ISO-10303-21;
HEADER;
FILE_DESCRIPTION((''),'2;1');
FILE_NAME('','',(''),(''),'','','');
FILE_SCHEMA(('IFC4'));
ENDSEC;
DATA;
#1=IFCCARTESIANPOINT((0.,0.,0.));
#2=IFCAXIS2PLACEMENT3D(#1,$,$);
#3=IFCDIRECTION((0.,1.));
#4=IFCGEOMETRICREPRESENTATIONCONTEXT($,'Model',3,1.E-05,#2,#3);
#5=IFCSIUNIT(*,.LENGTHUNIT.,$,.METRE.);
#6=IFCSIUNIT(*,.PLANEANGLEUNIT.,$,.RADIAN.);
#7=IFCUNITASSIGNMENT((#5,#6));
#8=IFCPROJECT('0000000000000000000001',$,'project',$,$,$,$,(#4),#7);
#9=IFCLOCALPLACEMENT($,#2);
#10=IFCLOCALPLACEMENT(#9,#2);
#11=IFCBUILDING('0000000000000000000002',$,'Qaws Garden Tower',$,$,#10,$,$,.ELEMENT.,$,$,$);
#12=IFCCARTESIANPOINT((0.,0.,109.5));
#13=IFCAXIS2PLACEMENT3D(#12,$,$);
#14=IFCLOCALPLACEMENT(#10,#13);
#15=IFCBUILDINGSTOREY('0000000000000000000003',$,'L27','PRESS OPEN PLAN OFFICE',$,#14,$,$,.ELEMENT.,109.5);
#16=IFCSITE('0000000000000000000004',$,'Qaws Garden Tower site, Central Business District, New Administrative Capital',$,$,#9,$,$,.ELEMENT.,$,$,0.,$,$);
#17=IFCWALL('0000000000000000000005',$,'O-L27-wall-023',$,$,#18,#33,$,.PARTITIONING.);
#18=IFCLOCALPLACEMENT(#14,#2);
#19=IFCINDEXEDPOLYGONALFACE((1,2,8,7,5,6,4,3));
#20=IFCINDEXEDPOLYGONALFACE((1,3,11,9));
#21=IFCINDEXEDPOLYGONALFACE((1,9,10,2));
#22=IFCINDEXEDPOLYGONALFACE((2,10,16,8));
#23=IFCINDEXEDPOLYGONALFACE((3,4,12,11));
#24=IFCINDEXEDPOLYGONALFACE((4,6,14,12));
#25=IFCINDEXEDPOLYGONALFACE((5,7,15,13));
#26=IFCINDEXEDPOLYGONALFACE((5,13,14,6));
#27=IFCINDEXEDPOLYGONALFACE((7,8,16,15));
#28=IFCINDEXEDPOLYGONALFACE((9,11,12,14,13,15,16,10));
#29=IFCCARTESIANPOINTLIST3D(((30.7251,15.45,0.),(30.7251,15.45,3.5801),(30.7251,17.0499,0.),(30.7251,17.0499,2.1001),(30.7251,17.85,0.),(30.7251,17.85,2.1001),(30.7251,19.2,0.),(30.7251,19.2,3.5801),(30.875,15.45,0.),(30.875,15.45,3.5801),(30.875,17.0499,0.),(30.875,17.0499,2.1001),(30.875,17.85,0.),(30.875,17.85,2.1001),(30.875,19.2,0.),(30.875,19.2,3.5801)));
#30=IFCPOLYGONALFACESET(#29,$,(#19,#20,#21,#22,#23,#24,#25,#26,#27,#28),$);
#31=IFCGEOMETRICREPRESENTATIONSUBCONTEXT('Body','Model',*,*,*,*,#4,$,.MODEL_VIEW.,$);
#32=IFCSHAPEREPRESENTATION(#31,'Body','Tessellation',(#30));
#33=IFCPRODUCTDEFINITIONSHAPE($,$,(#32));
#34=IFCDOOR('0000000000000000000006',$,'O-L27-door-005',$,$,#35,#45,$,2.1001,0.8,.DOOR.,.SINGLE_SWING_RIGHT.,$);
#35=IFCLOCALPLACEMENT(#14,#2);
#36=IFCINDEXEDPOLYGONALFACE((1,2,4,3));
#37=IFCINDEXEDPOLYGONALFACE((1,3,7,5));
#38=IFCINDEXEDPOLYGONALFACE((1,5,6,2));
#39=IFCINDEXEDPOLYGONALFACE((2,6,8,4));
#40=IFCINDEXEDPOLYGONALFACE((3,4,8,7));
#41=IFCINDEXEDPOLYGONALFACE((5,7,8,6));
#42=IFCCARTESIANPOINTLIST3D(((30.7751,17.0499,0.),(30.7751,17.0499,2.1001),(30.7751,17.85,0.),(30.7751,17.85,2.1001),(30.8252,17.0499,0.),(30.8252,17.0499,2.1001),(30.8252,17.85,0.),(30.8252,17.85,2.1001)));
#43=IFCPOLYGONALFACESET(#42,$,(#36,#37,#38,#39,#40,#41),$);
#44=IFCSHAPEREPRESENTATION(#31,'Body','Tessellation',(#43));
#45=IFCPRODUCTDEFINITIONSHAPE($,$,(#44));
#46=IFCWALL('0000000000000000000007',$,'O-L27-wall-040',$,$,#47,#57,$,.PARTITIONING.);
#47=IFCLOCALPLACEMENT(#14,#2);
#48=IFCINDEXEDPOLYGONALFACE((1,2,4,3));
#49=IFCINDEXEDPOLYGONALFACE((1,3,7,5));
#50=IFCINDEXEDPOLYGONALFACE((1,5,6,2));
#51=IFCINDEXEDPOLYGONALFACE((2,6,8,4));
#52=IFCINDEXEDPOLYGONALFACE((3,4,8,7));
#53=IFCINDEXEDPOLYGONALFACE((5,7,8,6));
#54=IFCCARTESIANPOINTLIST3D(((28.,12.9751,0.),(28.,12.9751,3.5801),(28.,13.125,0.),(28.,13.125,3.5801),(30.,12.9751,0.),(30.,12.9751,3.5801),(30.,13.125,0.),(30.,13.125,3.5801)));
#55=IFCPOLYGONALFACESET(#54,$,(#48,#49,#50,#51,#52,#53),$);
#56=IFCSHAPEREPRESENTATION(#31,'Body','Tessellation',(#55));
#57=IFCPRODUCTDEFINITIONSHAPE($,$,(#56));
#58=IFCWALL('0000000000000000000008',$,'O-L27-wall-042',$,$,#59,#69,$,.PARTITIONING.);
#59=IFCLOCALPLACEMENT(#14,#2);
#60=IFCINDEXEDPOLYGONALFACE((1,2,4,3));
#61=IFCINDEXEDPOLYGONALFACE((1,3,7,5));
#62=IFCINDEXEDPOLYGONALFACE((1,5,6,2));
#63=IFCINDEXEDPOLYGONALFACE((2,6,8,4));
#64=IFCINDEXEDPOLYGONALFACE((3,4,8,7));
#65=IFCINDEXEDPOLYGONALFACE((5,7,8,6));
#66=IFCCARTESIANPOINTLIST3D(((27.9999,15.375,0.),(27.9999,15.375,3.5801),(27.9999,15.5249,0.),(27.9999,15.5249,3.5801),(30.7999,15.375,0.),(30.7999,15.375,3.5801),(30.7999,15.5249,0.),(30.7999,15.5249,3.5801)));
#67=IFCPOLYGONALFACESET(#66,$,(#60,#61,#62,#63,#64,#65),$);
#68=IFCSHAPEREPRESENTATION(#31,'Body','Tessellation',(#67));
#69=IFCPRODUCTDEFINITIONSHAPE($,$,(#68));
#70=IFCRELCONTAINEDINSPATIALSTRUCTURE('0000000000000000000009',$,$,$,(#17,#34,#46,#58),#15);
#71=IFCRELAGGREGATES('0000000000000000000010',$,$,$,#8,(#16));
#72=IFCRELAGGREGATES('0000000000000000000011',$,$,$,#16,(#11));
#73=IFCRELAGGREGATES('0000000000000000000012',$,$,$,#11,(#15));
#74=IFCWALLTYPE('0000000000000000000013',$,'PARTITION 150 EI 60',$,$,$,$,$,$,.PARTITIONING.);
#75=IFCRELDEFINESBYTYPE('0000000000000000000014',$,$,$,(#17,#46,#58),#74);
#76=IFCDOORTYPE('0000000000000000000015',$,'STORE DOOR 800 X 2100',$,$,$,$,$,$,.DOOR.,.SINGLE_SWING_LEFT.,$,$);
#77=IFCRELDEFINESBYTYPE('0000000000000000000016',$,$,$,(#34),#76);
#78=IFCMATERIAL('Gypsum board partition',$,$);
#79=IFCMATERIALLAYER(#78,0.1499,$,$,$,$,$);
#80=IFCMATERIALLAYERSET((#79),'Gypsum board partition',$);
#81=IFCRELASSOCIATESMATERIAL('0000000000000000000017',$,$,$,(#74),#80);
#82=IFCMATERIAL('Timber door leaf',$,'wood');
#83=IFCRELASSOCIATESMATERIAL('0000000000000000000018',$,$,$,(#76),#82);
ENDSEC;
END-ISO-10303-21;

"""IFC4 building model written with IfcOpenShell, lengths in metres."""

from ifc_helpers import new_model, si_unit, direction, frame, frame_2d, origin, place, context, subcontext, project, spatial, rectangle, extrude, material, layer, layer_set, type_object, element, fill, save


model = new_model("IFC4")

# Units and contexts
model_context = context("Model", 3, precision=1e-05, world=origin(), true_north=direction((0.0, 1.0)))
body_context = subcontext(model_context, "Body", "Model", "MODEL_VIEW")
ifc_project = project(units=[si_unit("LENGTHUNIT", "METRE"), si_unit("PLANEANGLEUNIT", "RADIAN")], contexts=[model_context])

# Site, building, storey
site_placement = place(None, origin())
site = spatial("IfcSite", under=ifc_project, at=site_placement, Name="Qaws Garden Tower site, Central Business District, New Administrative Capital", CompositionType="ELEMENT", RefElevation=0.0)
building_placement = place(site_placement, origin())
building = spatial("IfcBuilding", under=site, at=building_placement, Name="Qaws Garden Tower", CompositionType="ELEMENT")
storey_placement = place(building_placement, frame((0.0, 0.0, 109.5)))
storey = spatial("IfcBuildingStorey", under=building, at=storey_placement, Name="L27", Description="PRESS OPEN PLAN OFFICE", CompositionType="ELEMENT", Elevation=109.5)

# Wall, opening, door
ifc_material_1 = material(Name="Gypsum board partition")
ifc_layer_1 = layer(ifc_material_1, 0.1499)
ifc_layer_set_1 = layer_set([ifc_layer_1], Name="Gypsum board partition")
wall_type_1 = type_object("IfcWallType", Name="PARTITION 150 EI 60", PredefinedType="PARTITIONING", material=ifc_layer_set_1)
ifc_material_2 = material(Name="Timber door leaf", Category="wood")
door_type_1 = type_object("IfcDoorType", Name="STORE DOOR 800 X 2100", OperationType="SINGLE_SWING_LEFT", PredefinedType="DOOR", material=ifc_material_2)
wall_1_placement = place(storey_placement, frame((30.8, 15.45, 0.0), z_axis=(0.0, 0.0, 1.0), x_axis=(0.0, 1.0, 0.0)))
wall_1 = element("IfcWall", 1, at=wall_1_placement, inside=storey, type_object=wall_type_1, Name="O-L27-wall-023", PredefinedType="PARTITIONING", context=body_context, shape_type="SweptSolid", body=[
    extrude(rectangle(XDim=3.75, YDim=0.1499, at=frame_2d((1.875, 0.0))), origin(), (0.0, 0.0, 1.0), 3.5801),
])
opening_1_placement = place(wall_1_placement, frame((1.6001, 0.0, 0.0)))
opening_1 = element("IfcOpeningElement", 2, at=opening_1_placement, cuts=wall_1, PredefinedType="OPENING", context=body_context, shape_type="SweptSolid", body=[
    extrude(rectangle(XDim=0.8, YDim=2.1001, at=frame_2d((0.3999, 1.05))), frame((0.0, 0.085, 0.0), z_axis=(0.0, -1.0, 0.0), x_axis=(1.0, 0.0, 0.0)), (0.0, 0.0, 1.0), 0.1699),
])
door_1_placement = place(opening_1_placement, origin())
door_1 = element("IfcDoor", 3, at=door_1_placement, inside=storey, type_object=door_type_1, Name="O-L27-door-005", OperationType="SINGLE_SWING_RIGHT", OverallHeight=2.1001, OverallWidth=0.8, PredefinedType="DOOR", context=body_context, shape_type="SweptSolid", body=[
    extrude(rectangle(XDim=0.8, YDim=2.1001, at=frame_2d((0.3999, 1.05))), frame((0.0, 0.0249, 0.0), z_axis=(0.0, -1.0, 0.0), x_axis=(1.0, 0.0, 0.0)), (0.0, 0.0, 1.0), 0.05),
])
fill(opening_1, door_1)

# Walls
wall_2_placement = place(storey_placement, frame((28.0, 13.05, 0.0), z_axis=(0.0, 0.0, 1.0), x_axis=(1.0, 0.0, 0.0)))
element("IfcWall", 4, at=wall_2_placement, inside=storey, type_object=wall_type_1, Name="O-L27-wall-040", PredefinedType="PARTITIONING", context=body_context, shape_type="SweptSolid", body=[
    extrude(rectangle(XDim=2.0, YDim=0.1499, at=frame_2d((1.0, 0.0))), origin(), (0.0, 0.0, 1.0), 3.5801),
])
wall_3_placement = place(storey_placement, frame((28.0, 15.45, 0.0), z_axis=(0.0, 0.0, 1.0), x_axis=(1.0, 0.0, 0.0)))
element("IfcWall", 5, at=wall_3_placement, inside=storey, type_object=wall_type_1, Name="O-L27-wall-042", PredefinedType="PARTITIONING", context=body_context, shape_type="SweptSolid", body=[
    extrude(rectangle(XDim=2.8, YDim=0.1499, at=frame_2d((1.3999, 0.0))), origin(), (0.0, 0.0, 1.0), 3.5801),
])

save(model, "model.ifc")
